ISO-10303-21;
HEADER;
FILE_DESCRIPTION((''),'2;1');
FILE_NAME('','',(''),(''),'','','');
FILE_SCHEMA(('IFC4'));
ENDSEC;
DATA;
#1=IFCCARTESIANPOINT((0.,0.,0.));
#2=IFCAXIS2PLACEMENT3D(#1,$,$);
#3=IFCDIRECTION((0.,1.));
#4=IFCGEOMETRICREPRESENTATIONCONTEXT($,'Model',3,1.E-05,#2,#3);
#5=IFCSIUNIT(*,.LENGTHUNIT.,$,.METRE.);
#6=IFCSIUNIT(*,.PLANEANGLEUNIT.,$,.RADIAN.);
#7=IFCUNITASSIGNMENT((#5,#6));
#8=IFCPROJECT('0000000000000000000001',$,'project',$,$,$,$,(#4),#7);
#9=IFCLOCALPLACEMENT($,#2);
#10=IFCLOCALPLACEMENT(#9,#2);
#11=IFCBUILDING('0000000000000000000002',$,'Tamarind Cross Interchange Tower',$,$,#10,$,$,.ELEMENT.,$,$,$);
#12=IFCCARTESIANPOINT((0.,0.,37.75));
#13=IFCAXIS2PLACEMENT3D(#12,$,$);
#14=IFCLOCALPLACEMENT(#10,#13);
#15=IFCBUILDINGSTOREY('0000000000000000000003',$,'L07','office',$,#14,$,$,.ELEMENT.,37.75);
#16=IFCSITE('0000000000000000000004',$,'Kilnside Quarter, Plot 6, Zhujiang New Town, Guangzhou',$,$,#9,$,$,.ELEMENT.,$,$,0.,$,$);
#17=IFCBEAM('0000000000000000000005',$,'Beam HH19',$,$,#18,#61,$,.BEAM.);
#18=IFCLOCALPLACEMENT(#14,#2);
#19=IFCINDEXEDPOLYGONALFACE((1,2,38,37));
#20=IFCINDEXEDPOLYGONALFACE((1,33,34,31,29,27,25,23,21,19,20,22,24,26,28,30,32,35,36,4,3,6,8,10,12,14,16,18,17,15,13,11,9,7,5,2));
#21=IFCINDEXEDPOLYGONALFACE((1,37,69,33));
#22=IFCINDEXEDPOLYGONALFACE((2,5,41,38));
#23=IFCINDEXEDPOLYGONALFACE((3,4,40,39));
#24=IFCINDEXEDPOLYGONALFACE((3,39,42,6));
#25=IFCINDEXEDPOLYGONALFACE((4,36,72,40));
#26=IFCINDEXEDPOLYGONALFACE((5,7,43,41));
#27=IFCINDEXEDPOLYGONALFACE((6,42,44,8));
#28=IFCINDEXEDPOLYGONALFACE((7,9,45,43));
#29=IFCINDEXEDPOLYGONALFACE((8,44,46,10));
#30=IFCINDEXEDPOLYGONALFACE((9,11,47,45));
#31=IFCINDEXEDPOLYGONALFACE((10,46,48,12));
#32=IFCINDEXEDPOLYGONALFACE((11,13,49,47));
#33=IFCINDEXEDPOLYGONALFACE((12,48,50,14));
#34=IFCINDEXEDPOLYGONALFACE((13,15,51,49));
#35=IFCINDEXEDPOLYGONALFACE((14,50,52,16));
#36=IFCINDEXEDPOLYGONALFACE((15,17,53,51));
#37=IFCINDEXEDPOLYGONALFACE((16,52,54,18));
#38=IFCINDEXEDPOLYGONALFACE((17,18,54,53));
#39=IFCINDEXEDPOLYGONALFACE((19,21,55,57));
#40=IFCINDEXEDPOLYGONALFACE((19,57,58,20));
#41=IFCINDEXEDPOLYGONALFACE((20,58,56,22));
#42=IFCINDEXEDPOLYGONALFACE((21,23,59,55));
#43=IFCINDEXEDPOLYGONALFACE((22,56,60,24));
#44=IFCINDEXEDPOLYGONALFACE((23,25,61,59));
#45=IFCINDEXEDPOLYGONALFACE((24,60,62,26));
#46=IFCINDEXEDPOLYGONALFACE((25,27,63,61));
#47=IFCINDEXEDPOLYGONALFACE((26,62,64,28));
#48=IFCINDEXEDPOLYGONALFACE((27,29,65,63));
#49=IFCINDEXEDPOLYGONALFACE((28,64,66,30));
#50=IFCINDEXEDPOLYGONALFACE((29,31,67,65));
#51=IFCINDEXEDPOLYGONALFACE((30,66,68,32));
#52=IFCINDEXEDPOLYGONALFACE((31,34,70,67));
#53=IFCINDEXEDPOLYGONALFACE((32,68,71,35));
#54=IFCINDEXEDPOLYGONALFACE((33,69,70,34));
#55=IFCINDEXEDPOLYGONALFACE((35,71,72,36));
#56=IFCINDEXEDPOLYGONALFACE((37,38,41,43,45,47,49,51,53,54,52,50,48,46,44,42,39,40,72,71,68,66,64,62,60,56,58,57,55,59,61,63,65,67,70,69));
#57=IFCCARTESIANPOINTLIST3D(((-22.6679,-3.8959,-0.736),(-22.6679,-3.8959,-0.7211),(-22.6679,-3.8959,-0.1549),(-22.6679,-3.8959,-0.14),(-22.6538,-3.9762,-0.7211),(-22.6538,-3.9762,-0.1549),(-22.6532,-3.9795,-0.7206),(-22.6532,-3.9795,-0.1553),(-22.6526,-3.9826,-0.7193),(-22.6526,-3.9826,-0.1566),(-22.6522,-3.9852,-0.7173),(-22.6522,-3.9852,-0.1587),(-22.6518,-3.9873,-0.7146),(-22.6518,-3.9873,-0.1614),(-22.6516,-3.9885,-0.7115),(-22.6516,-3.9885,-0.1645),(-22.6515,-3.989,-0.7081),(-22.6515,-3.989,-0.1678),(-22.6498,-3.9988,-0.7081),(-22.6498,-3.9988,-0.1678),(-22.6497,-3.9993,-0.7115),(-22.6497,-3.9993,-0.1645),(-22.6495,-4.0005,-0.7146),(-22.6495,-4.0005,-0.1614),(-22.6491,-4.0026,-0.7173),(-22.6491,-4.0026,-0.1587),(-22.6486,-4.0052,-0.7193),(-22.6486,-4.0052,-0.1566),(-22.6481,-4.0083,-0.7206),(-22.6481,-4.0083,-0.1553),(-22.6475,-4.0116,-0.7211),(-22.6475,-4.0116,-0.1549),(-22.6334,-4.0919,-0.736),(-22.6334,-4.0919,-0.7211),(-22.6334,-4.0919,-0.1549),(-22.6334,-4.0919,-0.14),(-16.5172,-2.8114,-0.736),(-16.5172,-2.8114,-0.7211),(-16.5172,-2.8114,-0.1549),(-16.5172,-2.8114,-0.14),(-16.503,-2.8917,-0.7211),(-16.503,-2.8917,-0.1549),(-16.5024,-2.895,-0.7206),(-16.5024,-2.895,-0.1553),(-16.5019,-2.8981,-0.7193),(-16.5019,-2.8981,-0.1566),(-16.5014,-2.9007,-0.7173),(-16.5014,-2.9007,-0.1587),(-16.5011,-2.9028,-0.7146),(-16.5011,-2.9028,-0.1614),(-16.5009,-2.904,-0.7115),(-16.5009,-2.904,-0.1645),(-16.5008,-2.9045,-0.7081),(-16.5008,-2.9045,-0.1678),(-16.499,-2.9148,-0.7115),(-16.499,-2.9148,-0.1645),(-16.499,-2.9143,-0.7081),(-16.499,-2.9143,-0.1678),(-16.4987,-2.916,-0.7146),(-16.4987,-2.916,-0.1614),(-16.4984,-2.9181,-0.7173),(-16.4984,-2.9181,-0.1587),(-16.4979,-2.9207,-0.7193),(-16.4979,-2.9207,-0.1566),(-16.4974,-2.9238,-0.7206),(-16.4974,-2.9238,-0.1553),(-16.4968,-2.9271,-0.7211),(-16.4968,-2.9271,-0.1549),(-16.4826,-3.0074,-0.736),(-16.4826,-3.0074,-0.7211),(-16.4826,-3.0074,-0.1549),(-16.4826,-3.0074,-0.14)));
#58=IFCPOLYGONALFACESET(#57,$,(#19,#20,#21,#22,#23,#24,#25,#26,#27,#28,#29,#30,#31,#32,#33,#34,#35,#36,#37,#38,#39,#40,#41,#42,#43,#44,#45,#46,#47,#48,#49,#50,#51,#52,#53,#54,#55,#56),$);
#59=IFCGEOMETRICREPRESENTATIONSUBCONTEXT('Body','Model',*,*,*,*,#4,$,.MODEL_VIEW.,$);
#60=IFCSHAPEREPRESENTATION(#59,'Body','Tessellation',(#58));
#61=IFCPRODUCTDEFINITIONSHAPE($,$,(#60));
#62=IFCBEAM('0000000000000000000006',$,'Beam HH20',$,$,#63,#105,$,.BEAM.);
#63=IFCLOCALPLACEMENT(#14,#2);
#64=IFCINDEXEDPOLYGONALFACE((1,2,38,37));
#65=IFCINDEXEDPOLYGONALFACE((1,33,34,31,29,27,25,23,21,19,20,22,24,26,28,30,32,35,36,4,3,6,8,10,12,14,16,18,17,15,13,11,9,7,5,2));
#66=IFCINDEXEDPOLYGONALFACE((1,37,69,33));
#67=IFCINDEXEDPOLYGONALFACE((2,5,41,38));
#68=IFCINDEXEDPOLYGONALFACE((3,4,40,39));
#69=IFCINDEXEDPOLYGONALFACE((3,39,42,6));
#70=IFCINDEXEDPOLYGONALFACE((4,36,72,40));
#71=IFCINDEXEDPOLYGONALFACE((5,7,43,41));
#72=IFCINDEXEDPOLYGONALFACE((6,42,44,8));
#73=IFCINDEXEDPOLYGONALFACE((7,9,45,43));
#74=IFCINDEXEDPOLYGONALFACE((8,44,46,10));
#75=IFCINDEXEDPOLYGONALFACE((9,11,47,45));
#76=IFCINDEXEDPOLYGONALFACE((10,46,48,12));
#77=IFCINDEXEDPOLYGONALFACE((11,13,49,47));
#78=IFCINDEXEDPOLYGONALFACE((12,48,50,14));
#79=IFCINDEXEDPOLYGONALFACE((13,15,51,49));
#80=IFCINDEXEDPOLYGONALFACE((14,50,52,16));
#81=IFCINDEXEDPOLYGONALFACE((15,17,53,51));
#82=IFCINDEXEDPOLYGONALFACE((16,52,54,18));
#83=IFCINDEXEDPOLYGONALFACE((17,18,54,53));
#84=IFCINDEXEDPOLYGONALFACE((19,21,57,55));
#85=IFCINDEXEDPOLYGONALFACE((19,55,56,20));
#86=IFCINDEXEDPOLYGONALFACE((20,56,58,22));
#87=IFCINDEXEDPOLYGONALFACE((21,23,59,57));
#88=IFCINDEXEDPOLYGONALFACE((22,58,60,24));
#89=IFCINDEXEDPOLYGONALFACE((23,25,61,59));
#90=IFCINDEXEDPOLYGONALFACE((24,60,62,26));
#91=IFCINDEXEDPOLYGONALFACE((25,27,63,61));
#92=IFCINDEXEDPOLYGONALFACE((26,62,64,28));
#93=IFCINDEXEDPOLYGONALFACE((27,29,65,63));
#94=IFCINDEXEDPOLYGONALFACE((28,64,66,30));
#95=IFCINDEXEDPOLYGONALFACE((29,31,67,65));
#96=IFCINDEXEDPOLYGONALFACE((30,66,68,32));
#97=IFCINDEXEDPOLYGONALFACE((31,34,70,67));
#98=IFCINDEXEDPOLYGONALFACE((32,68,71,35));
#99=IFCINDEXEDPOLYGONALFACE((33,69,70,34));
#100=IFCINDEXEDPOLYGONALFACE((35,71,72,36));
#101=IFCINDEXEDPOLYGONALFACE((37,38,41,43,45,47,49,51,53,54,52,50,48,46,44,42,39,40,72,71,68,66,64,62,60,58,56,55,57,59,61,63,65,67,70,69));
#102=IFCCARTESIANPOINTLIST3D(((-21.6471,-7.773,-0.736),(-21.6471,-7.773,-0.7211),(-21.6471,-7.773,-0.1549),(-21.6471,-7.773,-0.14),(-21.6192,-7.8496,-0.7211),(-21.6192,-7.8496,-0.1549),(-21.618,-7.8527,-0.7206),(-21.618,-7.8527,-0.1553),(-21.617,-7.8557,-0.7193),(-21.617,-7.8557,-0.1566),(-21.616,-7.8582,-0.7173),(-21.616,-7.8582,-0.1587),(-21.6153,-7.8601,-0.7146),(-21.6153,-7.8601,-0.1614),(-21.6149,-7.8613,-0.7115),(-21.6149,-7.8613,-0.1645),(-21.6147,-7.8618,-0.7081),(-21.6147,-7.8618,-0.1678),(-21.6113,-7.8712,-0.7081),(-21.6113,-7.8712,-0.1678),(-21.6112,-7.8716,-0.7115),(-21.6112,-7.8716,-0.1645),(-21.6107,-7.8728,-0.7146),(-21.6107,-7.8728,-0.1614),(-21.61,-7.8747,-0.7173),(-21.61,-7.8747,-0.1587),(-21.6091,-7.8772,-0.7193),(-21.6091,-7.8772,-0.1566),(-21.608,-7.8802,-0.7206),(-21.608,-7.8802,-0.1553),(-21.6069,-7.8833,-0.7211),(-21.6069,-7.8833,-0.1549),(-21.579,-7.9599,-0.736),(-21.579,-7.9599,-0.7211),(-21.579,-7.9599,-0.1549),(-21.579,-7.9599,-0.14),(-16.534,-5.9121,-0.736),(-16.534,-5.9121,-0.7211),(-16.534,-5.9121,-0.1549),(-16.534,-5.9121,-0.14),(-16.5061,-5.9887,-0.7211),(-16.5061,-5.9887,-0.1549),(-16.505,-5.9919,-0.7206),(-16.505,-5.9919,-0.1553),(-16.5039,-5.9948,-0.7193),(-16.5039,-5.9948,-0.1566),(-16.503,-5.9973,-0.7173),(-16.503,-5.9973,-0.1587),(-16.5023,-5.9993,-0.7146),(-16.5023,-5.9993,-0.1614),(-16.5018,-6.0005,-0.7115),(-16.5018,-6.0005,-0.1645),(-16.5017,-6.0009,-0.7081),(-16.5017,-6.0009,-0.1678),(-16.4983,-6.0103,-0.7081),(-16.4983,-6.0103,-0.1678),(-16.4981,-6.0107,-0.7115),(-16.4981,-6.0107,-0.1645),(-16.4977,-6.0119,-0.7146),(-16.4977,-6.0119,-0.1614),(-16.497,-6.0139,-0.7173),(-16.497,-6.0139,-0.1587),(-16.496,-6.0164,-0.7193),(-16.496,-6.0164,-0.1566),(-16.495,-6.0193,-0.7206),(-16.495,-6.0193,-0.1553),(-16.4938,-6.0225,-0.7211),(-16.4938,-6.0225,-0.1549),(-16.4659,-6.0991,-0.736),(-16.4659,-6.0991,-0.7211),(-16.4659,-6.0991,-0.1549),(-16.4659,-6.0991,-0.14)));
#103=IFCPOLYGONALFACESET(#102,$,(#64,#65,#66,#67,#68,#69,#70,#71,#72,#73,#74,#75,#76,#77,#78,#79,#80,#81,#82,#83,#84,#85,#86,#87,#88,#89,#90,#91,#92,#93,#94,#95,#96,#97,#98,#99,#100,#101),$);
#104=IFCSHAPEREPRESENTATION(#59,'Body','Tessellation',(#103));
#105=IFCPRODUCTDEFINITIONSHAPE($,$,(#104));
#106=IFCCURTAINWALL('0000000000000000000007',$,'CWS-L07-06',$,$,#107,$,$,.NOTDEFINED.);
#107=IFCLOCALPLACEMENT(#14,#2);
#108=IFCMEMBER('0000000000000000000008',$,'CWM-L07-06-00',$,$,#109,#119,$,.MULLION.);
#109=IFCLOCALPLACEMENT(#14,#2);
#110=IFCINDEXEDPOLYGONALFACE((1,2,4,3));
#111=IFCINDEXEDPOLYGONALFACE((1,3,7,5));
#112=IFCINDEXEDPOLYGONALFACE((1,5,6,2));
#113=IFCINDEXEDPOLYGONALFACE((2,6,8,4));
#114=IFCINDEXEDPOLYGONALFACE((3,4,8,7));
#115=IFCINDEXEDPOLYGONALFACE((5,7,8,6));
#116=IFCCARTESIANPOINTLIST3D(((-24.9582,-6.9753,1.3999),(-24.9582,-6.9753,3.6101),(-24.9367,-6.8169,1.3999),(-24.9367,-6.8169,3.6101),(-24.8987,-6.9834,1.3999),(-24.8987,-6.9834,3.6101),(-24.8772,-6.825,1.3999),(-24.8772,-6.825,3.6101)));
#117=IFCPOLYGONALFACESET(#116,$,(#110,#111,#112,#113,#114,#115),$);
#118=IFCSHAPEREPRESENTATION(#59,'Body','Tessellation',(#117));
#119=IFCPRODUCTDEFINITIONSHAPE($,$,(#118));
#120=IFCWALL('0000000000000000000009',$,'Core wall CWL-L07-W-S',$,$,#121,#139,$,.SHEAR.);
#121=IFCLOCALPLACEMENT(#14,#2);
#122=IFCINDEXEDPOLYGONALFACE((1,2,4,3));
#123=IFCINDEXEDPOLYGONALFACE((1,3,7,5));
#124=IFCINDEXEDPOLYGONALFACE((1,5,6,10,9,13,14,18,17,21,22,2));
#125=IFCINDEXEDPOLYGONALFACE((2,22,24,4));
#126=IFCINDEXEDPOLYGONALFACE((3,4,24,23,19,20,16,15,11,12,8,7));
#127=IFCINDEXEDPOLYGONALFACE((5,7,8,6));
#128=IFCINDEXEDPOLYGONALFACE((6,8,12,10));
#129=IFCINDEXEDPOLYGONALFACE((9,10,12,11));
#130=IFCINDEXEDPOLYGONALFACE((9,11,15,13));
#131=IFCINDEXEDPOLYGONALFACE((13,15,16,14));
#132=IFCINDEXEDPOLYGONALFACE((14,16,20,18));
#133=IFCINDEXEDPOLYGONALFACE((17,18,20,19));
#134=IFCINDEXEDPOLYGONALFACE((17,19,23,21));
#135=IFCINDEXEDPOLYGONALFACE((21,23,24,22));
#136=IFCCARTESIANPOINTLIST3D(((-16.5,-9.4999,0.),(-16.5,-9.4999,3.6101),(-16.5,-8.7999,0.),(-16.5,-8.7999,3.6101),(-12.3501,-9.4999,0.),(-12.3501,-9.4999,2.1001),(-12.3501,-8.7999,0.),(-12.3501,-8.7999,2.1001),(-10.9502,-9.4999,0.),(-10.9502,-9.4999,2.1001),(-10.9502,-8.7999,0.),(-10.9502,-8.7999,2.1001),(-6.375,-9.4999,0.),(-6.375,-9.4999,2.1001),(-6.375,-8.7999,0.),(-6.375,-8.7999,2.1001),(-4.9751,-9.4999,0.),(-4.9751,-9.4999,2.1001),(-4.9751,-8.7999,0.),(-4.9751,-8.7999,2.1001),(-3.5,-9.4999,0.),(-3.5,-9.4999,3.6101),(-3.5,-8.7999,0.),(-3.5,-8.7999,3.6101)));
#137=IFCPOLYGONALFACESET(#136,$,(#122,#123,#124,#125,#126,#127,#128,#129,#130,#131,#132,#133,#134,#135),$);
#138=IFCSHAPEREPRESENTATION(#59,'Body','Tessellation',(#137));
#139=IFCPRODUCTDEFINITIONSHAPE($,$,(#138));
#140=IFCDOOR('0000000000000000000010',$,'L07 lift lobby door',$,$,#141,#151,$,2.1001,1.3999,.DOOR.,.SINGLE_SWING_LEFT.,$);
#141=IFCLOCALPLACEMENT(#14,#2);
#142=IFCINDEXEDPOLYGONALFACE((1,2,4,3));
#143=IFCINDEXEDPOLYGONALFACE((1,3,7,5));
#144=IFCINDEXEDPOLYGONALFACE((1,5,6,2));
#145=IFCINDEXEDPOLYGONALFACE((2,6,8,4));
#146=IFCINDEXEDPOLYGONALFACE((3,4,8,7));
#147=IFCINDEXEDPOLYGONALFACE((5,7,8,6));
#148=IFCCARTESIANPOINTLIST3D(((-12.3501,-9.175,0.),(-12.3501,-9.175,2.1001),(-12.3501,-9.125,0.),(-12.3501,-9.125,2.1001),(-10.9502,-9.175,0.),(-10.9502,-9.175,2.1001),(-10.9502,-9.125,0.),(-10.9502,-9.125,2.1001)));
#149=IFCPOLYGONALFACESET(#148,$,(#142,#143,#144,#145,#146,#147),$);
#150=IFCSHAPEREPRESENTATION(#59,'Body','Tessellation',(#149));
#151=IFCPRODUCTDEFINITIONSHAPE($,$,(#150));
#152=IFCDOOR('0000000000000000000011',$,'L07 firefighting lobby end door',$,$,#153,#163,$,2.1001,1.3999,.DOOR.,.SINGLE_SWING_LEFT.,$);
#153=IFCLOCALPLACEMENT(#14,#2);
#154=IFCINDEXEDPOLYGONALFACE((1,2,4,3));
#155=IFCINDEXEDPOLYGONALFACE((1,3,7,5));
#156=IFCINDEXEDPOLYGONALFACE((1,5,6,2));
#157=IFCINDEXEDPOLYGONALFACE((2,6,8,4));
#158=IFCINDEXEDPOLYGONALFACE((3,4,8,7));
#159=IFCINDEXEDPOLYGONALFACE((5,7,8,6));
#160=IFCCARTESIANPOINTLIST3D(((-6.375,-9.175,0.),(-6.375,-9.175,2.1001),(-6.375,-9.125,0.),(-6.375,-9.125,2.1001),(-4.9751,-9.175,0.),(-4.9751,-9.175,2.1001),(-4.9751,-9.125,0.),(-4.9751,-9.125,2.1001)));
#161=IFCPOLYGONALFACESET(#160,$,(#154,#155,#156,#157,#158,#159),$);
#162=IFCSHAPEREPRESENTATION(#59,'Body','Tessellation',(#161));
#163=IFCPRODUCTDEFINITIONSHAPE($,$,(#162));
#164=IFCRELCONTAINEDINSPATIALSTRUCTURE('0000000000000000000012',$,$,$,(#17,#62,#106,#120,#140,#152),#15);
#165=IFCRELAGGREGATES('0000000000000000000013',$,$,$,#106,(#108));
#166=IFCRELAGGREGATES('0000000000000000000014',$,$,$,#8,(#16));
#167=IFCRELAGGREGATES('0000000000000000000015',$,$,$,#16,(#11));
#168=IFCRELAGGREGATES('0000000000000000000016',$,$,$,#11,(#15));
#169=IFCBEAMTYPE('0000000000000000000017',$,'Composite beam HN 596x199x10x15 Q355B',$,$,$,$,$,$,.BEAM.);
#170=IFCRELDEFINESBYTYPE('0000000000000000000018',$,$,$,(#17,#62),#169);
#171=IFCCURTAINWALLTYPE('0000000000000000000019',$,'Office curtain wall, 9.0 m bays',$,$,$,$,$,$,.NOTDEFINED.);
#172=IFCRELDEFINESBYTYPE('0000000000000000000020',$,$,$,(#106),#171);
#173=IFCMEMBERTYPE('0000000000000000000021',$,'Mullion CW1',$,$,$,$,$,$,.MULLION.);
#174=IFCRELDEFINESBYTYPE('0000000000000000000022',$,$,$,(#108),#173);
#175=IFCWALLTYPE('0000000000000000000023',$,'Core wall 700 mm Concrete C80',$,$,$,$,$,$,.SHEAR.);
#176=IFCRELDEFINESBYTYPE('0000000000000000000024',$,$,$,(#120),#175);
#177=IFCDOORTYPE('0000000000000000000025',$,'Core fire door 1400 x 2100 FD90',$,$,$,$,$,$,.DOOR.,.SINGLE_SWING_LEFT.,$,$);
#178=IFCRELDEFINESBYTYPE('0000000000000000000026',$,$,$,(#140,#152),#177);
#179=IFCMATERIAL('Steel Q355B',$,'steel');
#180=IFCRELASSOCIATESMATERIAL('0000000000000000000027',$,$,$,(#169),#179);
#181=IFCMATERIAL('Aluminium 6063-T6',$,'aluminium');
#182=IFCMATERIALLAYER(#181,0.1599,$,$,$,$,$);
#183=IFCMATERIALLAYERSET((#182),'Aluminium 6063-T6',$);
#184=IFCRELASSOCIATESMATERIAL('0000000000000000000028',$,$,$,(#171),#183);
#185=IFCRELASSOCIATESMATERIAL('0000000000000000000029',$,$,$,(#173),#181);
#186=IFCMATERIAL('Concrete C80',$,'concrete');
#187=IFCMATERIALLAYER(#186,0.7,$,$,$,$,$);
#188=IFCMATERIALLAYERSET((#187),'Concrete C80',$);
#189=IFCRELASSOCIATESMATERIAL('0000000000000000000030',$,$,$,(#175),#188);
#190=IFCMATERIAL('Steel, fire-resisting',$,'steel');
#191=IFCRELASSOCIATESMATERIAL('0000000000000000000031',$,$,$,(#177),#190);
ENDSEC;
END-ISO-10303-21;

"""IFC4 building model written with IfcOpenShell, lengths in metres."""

from ifc_helpers import new_model, si_unit, direction, frame, frame_2d, origin, origin_2d, place, context, subcontext, project, spatial, rectangle, i_section, extrude, material, layer, layer_set, material_profile, profile_set, type_object, element, fill, aggregate, save


model = new_model("IFC4")

# Units and contexts
model_context = context("Model", 3, precision=1e-05, world=origin(), true_north=direction((0.0, 1.0)))
body_context = subcontext(model_context, "Body", "Model", "MODEL_VIEW")
ifc_project = project(units=[si_unit("LENGTHUNIT", "METRE"), si_unit("PLANEANGLEUNIT", "RADIAN")], contexts=[model_context])

# Site, building, storey
site_placement = place(None, origin())
site = spatial("IfcSite", under=ifc_project, at=site_placement, Name="Kilnside Quarter, Plot 6, Zhujiang New Town, Guangzhou", CompositionType="ELEMENT", RefElevation=0.0)
building_placement = place(site_placement, origin())
building = spatial("IfcBuilding", under=site, at=building_placement, Name="Tamarind Cross Interchange Tower", CompositionType="ELEMENT")
storey_placement = place(building_placement, frame((0.0, 0.0, 37.75)))
storey = spatial("IfcBuildingStorey", under=building, at=storey_placement, Name="L07", Description="office", CompositionType="ELEMENT", Elevation=37.75)

# Beams
ifc_material_1 = material(Name="Steel Q355B", Category="steel")
ifc_material_profile_1 = material_profile(ifc_material_1, i_section(OverallWidth=0.199, OverallDepth=0.5959, WebThickness=0.01, FlangeThickness=0.0149, FilletRadius=0.0129, at=origin_2d()), Name="HN 596x199x10x15")
ifc_profile_set_1 = profile_set([ifc_material_profile_1], Name="Steel Q355B")
beam_type = type_object("IfcBeamType", Name="Composite beam HN 596x199x10x15 Q355B", PredefinedType="BEAM", material=ifc_profile_set_1)
beam_1_placement = place(storey_placement, frame((-22.6506, -3.9939, -0.438), z_axis=(0.984809, 0.17364, 0.0), x_axis=(-0.17364, 0.984809, 0.0)))
element("IfcBeam", 1, at=beam_1_placement, inside=storey, type_object=beam_type, Name="Beam HH19", PredefinedType="BEAM", context=body_context, shape_type="SweptSolid", body=[
    extrude(i_section(OverallWidth=0.199, OverallDepth=0.5959, WebThickness=0.01, FlangeThickness=0.0149, FilletRadius=0.0129, at=origin_2d()), origin(), (0.0, 0.0, 1.0), 6.2456),
])
beam_2_placement = place(storey_placement, frame((-21.613, -7.8665, -0.438), z_axis=(0.939702, 0.341995, 0.0), x_axis=(-0.341995, 0.939702, 0.0)))
element("IfcBeam", 2, at=beam_2_placement, inside=storey, type_object=beam_type, Name="Beam HH20", PredefinedType="BEAM", context=body_context, shape_type="SweptSolid", body=[
    extrude(i_section(OverallWidth=0.199, OverallDepth=0.5959, WebThickness=0.01, FlangeThickness=0.0149, FilletRadius=0.0129, at=origin_2d()), origin(), (0.0, 0.0, 1.0), 5.4412),
])

# Curtain wall, member
ifc_material_2 = material(Name="Aluminium 6063-T6", Category="aluminium")
ifc_layer_1 = layer(ifc_material_2, 0.1599)
ifc_layer_set_1 = layer_set([ifc_layer_1], Name="Aluminium 6063-T6")
curtain_wall_type = type_object("IfcCurtainWallType", Name="Office curtain wall, 9.0 m bays", PredefinedType="NOTDEFINED", material=ifc_layer_set_1)
curtain_wall_placement = place(storey_placement, origin())
curtain_wall = element("IfcCurtainWall", 3, at=curtain_wall_placement, inside=storey, type_object=curtain_wall_type, Name="CWS-L07-06", PredefinedType="NOTDEFINED")
ifc_material_profile_2 = material_profile(ifc_material_2, rectangle(XDim=0.0601, YDim=0.1599, at=origin_2d()), Name="Mullion CW1")
ifc_profile_set_2 = profile_set([ifc_material_profile_2], Name="Aluminium 6063-T6")
member_type = type_object("IfcMemberType", Name="Mullion CW1", PredefinedType="MULLION", material=ifc_profile_set_2)
member_placement = place(storey_placement, frame((-24.9177, -6.9001, 1.3999), z_axis=(0.0, 0.0, 1.0), x_axis=(0.990913, -0.134501, 0.0)))
member = element("IfcMember", 4, at=member_placement, type_object=member_type, Name="CWM-L07-06-00", PredefinedType="MULLION", context=body_context, shape_type="SweptSolid", body=[
    extrude(rectangle(XDim=0.0601, YDim=0.1599, at=origin_2d()), origin(), (0.0, 0.0, 1.0), 2.2102),
])
aggregate(curtain_wall, [member])

# Wall, openings, doors
ifc_material_3 = material(Name="Concrete C80", Category="concrete")
ifc_layer_2 = layer(ifc_material_3, 0.7)
ifc_layer_set_2 = layer_set([ifc_layer_2], Name="Concrete C80")
wall_type_1 = type_object("IfcWallType", Name="Core wall 700 mm Concrete C80", PredefinedType="SHEAR", material=ifc_layer_set_2)
wall_1_placement = place(storey_placement, frame((-16.5, -9.1499, 0.0), z_axis=(0.0, 0.0, 1.0), x_axis=(1.0, 0.0, 0.0)))
wall_1 = element("IfcWall", 5, at=wall_1_placement, inside=storey, type_object=wall_type_1, Name="Core wall CWL-L07-W-S", PredefinedType="SHEAR", context=body_context, shape_type="SweptSolid", body=[
    extrude(rectangle(XDim=13.0, YDim=0.7, at=frame_2d((6.5, 0.0))), origin(), (0.0, 0.0, 1.0), 3.6101),
])
opening_1_placement = place(wall_1_placement, frame((4.1499, 0.0, 0.0)))
opening_1 = element("IfcOpeningElement", 6, at=opening_1_placement, cuts=wall_1, PredefinedType="OPENING", context=body_context, shape_type="SweptSolid", body=[
    extrude(rectangle(XDim=1.3999, YDim=2.1001, at=frame_2d((0.7, 1.05))), frame((0.0, 0.3599, 0.0), z_axis=(0.0, -1.0, 0.0), x_axis=(1.0, 0.0, 0.0)), (0.0, 0.0, 1.0), 0.72),
])
opening_2_placement = place(wall_1_placement, frame((10.125, 0.0, 0.0)))
opening_2 = element("IfcOpeningElement", 7, at=opening_2_placement, cuts=wall_1, PredefinedType="OPENING", context=body_context, shape_type="SweptSolid", body=[
    extrude(rectangle(XDim=1.3999, YDim=2.1001, at=frame_2d((0.7, 1.05))), frame((0.0, 0.3599, 0.0), z_axis=(0.0, -1.0, 0.0), x_axis=(1.0, 0.0, 0.0)), (0.0, 0.0, 1.0), 0.72),
])
ifc_material_4 = material(Name="Steel, fire-resisting", Category="steel")
door_type_1 = type_object("IfcDoorType", Name="Core fire door 1400 x 2100 FD90", OperationType="SINGLE_SWING_LEFT", PredefinedType="DOOR", material=ifc_material_4)
door_1_placement = place(opening_1_placement, origin())
door_1 = element("IfcDoor", 8, at=door_1_placement, inside=storey, type_object=door_type_1, Name="L07 lift lobby door", OperationType="SINGLE_SWING_LEFT", OverallHeight=2.1001, OverallWidth=1.3999, PredefinedType="DOOR", context=body_context, shape_type="SweptSolid", body=[
    extrude(rectangle(XDim=1.3999, YDim=2.1001, at=frame_2d((0.7, 1.05))), frame((0.0, 0.0249, 0.0), z_axis=(0.0, -1.0, 0.0), x_axis=(1.0, 0.0, 0.0)), (0.0, 0.0, 1.0), 0.05),
])
fill(opening_1, door_1)
door_2_placement = place(opening_2_placement, origin())
door_2 = element("IfcDoor", 9, at=door_2_placement, inside=storey, type_object=door_type_1, Name="L07 firefighting lobby end door", OperationType="SINGLE_SWING_LEFT", OverallHeight=2.1001, OverallWidth=1.3999, PredefinedType="DOOR", context=body_context, shape_type="SweptSolid", body=[
    extrude(rectangle(XDim=1.3999, YDim=2.1001, at=frame_2d((0.7, 1.05))), frame((0.0, 0.0249, 0.0), z_axis=(0.0, -1.0, 0.0), x_axis=(1.0, 0.0, 0.0)), (0.0, 0.0, 1.0), 0.05),
])
fill(opening_2, door_2)

save(model, "model.ifc")
